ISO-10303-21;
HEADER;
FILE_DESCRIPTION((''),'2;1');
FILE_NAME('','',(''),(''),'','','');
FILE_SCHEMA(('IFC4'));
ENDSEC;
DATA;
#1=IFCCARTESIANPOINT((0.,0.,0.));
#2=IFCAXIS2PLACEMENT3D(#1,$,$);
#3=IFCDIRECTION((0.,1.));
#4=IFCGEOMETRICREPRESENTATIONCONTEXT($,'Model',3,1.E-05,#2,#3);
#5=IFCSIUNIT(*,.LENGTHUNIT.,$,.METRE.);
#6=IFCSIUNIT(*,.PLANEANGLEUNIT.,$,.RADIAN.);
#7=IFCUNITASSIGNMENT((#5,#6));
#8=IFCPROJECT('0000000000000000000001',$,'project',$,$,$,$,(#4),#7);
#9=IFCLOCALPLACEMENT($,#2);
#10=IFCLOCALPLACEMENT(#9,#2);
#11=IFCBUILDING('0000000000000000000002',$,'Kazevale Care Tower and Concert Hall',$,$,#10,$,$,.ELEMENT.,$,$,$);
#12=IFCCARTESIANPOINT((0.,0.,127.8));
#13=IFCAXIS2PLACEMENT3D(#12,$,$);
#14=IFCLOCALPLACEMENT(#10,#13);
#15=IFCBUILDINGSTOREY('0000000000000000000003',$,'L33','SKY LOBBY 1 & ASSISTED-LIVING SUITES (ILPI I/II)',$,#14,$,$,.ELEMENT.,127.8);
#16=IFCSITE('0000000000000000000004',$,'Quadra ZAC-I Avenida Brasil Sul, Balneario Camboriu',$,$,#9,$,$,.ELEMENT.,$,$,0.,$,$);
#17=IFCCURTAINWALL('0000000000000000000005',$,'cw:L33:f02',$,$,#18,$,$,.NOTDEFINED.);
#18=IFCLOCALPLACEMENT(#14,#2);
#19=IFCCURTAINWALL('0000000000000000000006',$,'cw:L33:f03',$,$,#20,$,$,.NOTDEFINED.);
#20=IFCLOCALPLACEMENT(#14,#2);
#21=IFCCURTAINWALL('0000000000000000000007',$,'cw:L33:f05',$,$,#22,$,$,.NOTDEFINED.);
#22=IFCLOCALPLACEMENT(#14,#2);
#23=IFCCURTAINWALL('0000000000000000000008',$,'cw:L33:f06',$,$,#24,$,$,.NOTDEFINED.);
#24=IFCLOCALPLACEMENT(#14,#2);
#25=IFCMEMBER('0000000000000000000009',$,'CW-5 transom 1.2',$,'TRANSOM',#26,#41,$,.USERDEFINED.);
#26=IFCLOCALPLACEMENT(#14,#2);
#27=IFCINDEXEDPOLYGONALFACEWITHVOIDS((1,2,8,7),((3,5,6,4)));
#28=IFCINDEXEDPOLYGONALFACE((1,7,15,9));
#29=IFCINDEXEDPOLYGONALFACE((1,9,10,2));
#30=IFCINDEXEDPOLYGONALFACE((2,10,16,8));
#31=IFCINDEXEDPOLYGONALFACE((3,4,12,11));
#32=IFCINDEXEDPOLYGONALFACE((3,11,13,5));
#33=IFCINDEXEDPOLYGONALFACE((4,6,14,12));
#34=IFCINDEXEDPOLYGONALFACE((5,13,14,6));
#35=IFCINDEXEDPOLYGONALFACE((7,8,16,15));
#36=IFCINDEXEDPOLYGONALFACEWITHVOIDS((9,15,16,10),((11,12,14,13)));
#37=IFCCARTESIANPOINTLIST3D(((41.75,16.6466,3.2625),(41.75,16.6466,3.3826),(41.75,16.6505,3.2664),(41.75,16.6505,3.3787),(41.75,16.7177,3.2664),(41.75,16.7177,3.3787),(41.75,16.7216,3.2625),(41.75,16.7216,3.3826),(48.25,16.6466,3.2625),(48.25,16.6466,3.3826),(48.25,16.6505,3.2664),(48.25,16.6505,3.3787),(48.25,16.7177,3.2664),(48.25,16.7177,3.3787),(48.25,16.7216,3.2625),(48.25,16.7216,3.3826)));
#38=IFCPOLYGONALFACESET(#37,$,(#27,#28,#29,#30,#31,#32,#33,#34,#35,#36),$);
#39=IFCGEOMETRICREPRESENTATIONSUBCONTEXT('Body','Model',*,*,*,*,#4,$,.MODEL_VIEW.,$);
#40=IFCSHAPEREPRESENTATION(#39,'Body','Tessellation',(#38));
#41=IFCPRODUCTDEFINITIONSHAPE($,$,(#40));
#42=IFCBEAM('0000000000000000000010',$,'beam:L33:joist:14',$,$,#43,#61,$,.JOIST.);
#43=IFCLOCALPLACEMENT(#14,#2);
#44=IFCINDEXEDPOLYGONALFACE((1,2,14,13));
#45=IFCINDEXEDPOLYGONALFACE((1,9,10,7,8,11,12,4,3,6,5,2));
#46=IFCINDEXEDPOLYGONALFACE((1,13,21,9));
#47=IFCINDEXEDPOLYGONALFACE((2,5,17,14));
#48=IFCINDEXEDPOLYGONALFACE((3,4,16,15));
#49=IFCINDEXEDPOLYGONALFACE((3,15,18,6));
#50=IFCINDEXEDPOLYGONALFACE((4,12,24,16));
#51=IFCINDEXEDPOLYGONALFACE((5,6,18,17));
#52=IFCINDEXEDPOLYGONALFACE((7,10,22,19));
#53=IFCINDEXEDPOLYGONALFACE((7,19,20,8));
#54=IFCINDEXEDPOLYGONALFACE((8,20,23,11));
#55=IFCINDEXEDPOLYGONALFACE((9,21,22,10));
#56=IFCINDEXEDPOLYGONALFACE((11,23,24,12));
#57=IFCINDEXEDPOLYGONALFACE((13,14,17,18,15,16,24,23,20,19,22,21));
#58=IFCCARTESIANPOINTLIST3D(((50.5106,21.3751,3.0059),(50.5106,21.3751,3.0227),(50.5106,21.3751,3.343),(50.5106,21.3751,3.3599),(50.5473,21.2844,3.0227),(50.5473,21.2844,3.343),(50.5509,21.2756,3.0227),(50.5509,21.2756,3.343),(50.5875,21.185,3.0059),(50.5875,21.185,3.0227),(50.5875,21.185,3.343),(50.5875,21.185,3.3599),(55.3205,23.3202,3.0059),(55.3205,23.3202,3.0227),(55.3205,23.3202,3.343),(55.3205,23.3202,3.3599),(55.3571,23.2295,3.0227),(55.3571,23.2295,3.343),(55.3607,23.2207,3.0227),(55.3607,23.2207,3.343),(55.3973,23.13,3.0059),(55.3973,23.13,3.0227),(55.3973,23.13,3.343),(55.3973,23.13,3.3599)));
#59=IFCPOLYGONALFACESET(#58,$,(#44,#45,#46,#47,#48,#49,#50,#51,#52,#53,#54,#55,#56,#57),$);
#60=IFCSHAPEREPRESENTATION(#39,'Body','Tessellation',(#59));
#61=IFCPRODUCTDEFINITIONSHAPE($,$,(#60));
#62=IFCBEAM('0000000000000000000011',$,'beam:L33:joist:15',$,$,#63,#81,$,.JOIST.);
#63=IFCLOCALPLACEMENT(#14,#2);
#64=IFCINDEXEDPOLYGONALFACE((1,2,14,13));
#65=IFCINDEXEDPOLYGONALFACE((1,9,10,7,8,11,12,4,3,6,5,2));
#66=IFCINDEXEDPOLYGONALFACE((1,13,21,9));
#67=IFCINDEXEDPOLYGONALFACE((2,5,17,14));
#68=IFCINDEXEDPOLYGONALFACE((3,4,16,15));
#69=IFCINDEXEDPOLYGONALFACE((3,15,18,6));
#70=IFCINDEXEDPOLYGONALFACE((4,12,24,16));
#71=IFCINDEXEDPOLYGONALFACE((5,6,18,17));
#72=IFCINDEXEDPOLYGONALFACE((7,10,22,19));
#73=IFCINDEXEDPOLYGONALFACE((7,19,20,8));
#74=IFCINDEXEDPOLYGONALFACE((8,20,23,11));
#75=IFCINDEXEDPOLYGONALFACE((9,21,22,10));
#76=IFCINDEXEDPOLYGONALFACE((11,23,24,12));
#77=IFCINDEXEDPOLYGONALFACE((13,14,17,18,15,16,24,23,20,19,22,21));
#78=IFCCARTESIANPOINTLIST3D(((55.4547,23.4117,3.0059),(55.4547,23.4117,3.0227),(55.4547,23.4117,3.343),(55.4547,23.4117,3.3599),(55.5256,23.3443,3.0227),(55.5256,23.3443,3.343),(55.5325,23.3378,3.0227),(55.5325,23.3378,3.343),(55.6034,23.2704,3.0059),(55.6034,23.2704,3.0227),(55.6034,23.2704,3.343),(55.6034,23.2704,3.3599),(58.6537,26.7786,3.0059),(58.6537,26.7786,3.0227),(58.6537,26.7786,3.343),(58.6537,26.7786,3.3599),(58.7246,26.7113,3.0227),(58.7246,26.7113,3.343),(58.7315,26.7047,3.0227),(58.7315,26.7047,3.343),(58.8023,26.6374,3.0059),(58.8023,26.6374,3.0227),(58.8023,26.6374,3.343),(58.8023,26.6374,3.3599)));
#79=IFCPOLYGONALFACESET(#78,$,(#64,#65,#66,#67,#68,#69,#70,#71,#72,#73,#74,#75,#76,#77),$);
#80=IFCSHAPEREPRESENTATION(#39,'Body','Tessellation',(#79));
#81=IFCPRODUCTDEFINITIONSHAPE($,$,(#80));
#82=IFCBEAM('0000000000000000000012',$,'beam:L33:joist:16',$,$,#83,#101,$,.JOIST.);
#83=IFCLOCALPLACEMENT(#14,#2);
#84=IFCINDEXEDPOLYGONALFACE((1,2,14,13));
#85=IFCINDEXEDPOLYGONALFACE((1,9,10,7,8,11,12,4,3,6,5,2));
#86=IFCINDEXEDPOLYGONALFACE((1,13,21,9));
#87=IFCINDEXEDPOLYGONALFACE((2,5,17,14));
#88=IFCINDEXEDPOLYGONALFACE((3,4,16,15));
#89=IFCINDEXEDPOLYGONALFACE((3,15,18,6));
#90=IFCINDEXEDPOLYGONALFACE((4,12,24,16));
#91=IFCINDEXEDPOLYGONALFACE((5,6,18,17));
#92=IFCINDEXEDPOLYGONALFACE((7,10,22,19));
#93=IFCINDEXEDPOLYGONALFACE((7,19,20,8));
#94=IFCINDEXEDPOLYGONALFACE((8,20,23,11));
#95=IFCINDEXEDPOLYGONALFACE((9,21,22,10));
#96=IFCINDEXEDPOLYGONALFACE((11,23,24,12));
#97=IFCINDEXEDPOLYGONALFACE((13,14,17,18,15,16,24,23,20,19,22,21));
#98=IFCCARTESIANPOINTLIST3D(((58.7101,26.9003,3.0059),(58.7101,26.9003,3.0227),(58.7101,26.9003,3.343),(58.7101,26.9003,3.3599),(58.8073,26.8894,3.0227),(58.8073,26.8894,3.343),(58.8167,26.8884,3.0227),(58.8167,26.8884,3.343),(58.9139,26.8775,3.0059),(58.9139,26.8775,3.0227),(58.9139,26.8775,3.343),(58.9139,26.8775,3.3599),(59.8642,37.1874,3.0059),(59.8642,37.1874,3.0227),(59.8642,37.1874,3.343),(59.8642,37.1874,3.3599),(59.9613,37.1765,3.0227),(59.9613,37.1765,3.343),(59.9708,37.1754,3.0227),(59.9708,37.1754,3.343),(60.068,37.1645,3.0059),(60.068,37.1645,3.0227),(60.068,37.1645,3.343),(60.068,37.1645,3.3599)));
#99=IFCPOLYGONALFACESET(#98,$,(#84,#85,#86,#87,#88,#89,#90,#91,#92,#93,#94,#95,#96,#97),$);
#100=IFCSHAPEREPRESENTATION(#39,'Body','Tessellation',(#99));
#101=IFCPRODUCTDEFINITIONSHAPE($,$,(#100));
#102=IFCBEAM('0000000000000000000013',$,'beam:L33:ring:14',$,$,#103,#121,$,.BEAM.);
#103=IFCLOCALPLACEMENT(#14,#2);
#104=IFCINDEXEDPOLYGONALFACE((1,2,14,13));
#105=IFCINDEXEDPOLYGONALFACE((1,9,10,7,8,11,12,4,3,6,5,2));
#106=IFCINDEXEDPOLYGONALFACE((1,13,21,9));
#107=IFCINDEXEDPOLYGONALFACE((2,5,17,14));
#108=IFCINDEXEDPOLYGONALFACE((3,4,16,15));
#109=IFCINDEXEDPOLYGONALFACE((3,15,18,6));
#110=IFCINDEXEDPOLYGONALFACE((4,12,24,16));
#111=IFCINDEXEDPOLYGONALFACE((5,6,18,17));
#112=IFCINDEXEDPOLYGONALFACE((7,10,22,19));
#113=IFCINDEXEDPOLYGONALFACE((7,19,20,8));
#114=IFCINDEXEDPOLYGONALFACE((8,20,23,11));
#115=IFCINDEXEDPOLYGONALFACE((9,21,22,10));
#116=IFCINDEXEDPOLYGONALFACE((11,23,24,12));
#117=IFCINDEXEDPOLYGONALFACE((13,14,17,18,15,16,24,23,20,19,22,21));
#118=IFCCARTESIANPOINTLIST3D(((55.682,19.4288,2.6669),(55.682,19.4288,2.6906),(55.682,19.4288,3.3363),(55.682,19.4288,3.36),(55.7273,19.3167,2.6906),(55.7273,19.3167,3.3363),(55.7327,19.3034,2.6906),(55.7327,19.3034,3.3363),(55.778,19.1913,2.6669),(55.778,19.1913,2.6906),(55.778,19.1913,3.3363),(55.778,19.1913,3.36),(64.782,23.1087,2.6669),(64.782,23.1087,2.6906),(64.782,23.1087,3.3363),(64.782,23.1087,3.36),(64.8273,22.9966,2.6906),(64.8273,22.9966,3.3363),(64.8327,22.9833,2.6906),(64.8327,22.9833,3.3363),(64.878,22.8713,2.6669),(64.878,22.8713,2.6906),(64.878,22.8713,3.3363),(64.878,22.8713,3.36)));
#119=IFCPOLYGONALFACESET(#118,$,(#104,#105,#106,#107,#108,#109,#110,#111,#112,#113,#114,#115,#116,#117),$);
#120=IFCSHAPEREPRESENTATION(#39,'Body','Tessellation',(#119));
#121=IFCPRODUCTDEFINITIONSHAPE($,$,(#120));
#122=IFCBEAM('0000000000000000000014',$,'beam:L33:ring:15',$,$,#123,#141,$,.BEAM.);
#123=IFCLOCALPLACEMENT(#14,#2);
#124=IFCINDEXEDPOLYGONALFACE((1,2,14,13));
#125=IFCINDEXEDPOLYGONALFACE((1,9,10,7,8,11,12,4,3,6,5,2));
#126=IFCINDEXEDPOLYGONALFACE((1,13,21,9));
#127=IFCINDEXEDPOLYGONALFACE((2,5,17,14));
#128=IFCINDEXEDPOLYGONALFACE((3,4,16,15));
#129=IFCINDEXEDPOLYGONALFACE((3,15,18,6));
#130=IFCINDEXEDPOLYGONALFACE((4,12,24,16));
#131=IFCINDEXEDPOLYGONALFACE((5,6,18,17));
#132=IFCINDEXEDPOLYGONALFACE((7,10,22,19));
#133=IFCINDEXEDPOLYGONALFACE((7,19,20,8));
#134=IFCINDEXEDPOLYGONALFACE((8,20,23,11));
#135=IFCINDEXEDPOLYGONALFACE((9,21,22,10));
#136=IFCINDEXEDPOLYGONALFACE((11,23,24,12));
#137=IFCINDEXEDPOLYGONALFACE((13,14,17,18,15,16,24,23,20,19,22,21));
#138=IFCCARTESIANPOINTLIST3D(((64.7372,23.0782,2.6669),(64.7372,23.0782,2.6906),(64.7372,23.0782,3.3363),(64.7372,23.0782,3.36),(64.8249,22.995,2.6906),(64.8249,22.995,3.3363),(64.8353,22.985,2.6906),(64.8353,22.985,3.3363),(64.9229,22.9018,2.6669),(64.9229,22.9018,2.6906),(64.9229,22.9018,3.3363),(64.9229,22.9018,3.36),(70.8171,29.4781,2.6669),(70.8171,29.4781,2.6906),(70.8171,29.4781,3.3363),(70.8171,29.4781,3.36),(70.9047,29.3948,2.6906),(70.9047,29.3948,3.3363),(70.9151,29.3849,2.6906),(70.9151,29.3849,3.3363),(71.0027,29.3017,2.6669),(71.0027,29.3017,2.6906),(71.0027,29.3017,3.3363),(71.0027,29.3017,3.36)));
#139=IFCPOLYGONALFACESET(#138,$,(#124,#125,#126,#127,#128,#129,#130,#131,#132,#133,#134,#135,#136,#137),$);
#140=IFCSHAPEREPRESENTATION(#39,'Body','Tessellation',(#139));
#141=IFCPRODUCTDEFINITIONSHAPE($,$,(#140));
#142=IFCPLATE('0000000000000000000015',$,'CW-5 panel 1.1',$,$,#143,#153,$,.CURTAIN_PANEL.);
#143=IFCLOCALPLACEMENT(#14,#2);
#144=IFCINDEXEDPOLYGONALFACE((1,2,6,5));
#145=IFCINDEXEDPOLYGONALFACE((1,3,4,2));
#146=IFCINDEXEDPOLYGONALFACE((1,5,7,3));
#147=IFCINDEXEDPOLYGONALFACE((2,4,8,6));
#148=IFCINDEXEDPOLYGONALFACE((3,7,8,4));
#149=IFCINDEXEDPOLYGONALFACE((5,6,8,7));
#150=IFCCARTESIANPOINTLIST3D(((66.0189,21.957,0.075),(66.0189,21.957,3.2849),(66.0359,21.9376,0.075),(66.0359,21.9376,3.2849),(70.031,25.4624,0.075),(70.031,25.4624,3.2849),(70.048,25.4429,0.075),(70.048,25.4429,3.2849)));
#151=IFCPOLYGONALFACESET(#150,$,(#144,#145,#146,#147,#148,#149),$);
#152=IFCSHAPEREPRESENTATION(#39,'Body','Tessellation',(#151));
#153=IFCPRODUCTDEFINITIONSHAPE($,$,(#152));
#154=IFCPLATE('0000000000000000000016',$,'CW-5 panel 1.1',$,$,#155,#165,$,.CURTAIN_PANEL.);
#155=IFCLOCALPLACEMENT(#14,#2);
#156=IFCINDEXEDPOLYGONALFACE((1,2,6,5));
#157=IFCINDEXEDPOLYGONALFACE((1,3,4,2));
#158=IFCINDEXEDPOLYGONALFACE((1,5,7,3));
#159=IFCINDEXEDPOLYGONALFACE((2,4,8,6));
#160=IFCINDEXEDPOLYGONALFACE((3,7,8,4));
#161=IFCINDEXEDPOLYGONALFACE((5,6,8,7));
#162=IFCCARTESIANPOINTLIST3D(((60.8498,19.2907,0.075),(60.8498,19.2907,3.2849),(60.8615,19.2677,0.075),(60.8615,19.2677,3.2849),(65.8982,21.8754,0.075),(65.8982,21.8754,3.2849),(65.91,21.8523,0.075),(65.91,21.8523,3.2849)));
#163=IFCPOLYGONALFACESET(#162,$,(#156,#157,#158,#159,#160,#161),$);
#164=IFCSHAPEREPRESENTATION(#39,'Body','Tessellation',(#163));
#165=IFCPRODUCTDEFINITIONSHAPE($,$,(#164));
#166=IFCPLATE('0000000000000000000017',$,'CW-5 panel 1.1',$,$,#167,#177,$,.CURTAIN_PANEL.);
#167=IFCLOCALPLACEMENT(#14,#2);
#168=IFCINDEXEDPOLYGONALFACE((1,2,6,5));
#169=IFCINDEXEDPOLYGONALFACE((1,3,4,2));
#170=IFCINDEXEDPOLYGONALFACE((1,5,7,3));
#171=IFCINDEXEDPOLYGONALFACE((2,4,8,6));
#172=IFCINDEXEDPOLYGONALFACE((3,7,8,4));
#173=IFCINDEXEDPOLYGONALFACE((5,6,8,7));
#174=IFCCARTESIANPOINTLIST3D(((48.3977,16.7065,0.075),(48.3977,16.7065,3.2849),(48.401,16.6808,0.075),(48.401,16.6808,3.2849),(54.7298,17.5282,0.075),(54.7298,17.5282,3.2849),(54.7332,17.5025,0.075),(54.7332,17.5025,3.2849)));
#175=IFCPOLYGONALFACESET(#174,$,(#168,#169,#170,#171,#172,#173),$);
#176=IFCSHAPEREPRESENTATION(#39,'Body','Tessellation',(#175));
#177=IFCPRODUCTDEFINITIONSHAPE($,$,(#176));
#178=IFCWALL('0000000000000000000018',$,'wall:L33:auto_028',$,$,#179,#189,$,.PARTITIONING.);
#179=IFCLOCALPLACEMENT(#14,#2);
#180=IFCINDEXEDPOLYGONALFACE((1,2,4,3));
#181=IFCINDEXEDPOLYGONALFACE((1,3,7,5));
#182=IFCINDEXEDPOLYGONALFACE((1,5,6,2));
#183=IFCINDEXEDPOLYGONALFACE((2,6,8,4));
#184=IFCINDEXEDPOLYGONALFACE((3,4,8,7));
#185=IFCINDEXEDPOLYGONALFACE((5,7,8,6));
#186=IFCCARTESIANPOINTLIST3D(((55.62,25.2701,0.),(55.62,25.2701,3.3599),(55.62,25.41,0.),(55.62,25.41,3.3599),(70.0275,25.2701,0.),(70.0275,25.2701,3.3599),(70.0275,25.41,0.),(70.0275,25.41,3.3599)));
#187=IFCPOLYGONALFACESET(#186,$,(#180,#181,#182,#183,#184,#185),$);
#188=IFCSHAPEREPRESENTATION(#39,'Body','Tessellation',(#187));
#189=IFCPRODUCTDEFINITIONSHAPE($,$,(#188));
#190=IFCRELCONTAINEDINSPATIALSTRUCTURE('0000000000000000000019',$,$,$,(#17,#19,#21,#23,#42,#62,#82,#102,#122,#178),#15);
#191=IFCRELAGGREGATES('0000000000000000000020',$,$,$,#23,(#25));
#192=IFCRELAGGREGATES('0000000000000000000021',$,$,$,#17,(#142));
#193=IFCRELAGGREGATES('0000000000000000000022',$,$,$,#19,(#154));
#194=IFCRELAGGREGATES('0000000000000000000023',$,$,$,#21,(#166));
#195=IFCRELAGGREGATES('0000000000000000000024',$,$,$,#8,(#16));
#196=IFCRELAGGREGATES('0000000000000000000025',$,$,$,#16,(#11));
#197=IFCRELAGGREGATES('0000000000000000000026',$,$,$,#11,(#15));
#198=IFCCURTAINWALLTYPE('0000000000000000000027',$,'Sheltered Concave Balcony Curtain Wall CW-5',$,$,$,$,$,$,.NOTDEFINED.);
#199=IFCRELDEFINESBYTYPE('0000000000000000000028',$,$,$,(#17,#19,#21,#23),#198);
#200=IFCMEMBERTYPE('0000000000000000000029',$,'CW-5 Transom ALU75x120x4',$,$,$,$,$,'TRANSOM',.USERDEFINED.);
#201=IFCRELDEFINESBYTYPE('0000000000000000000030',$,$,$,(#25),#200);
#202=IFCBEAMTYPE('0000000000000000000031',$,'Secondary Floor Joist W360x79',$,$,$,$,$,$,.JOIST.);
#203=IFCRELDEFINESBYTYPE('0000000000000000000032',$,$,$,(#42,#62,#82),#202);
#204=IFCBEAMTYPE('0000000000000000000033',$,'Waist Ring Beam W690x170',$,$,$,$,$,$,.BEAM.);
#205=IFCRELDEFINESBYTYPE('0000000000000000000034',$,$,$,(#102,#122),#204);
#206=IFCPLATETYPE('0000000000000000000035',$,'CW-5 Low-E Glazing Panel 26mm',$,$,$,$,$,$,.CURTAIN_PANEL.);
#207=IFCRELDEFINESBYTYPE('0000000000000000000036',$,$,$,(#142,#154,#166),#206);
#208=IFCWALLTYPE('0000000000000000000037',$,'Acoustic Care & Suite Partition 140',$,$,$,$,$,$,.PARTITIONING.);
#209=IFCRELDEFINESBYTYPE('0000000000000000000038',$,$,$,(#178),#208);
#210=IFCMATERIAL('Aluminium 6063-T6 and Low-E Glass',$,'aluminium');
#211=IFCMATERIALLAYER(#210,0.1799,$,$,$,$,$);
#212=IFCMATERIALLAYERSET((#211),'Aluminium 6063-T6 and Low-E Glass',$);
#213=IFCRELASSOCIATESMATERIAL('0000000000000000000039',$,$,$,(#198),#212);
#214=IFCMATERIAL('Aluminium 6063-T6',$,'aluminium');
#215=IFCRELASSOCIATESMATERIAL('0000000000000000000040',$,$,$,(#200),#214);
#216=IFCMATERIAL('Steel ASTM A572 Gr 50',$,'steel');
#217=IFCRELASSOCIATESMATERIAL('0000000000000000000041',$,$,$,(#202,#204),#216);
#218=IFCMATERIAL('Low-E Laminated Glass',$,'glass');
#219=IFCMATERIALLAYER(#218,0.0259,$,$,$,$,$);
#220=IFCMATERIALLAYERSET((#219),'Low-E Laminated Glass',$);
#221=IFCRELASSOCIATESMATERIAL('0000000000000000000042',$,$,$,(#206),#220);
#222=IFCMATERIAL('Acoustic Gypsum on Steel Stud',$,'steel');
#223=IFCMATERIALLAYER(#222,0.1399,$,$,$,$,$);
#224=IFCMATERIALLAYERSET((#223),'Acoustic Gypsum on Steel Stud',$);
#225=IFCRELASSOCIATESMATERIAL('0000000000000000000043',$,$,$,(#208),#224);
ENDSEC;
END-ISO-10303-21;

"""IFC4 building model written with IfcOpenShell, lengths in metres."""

from ifc_helpers import new_model, si_unit, direction, frame, frame_2d, origin, origin_2d, place, context, subcontext, project, spatial, rectangle, hollow_rectangle, i_section, extrude, material, layer, layer_set, material_profile, profile_set, type_object, element, aggregate, save


model = new_model("IFC4")

# Units and contexts
model_context = context("Model", 3, precision=1e-05, world=origin(), true_north=direction((0.0, 1.0)))
body_context = subcontext(model_context, "Body", "Model", "MODEL_VIEW")
ifc_project = project(units=[si_unit("LENGTHUNIT", "METRE"), si_unit("PLANEANGLEUNIT", "RADIAN")], contexts=[model_context])

# Site, building, storey
site_placement = place(None, origin())
site = spatial("IfcSite", under=ifc_project, at=site_placement, Name="Quadra ZAC-I Avenida Brasil Sul, Balneario Camboriu", CompositionType="ELEMENT", RefElevation=0.0)
building_placement = place(site_placement, origin())
building = spatial("IfcBuilding", under=site, at=building_placement, Name="Kazevale Care Tower and Concert Hall", CompositionType="ELEMENT")
storey_placement = place(building_placement, frame((0.0, 0.0, 127.8)))
storey = spatial("IfcBuildingStorey", under=building, at=storey_placement, Name="L33", Description="SKY LOBBY 1 & ASSISTED-LIVING SUITES (ILPI I/II)", CompositionType="ELEMENT", Elevation=127.8)

# Curtain walls
ifc_material_1 = material(Name="Aluminium 6063-T6 and Low-E Glass", Category="aluminium")
ifc_layer_1 = layer(ifc_material_1, 0.1799)
ifc_layer_set_1 = layer_set([ifc_layer_1], Name="Aluminium 6063-T6 and Low-E Glass")
curtain_wall_type = type_object("IfcCurtainWallType", Name="Sheltered Concave Balcony Curtain Wall CW-5", PredefinedType="NOTDEFINED", material=ifc_layer_set_1)
curtain_wall_1_placement = place(storey_placement, origin())
curtain_wall_1 = element("IfcCurtainWall", 1, at=curtain_wall_1_placement, inside=storey, type_object=curtain_wall_type, Name="cw:L33:f02", PredefinedType="NOTDEFINED")
ifc_material_2 = material(Name="Aluminium 6063-T6", Category="aluminium")
curtain_wall_2_placement = place(storey_placement, origin())
curtain_wall_2 = element("IfcCurtainWall", 2, at=curtain_wall_2_placement, inside=storey, type_object=curtain_wall_type, Name="cw:L33:f03", PredefinedType="NOTDEFINED")
curtain_wall_3_placement = place(storey_placement, origin())
curtain_wall_3 = element("IfcCurtainWall", 3, at=curtain_wall_3_placement, inside=storey, type_object=curtain_wall_type, Name="cw:L33:f05", PredefinedType="NOTDEFINED")

# Curtain wall
curtain_wall_4_placement = place(storey_placement, origin())
curtain_wall_4 = element("IfcCurtainWall", 4, at=curtain_wall_4_placement, inside=storey, type_object=curtain_wall_type, Name="cw:L33:f06", PredefinedType="NOTDEFINED")

# Member
ifc_material_profile_1 = material_profile(ifc_material_2, hollow_rectangle(XDim=0.075, YDim=0.1201, WallThickness=0.0039, at=origin_2d()), Name="ALU75x120x4")
ifc_profile_set_1 = profile_set([ifc_material_profile_1], Name="Aluminium 6063-T6")
member_type_1 = type_object("IfcMemberType", Name="CW-5 Transom ALU75x120x4", ElementType="TRANSOM", PredefinedType="USERDEFINED", material=ifc_profile_set_1)
member_1_placement = place(storey_placement, frame((48.25, 16.6841, 3.3225), z_axis=(-1.0, 0.0, 0.0), x_axis=(0.0, -1.0, 0.0)))
member_1 = element("IfcMember", 5, at=member_1_placement, type_object=member_type_1, Name="CW-5 transom 1.2", ObjectType="TRANSOM", PredefinedType="USERDEFINED", context=body_context, shape_type="SweptSolid", body=[
    extrude(hollow_rectangle(XDim=0.075, YDim=0.1201, WallThickness=0.0039, at=origin_2d()), origin(), (0.0, 0.0, 1.0), 6.5),
])
aggregate(curtain_wall_4, [member_1])

# Beams
ifc_material_3 = material(Name="Steel ASTM A572 Gr 50", Category="steel")
ifc_material_profile_2 = material_profile(ifc_material_3, i_section(OverallWidth=0.2051, OverallDepth=0.354, WebThickness=0.0095, FlangeThickness=0.0168, at=origin_2d()), Name="W360x79")
ifc_profile_set_2 = profile_set([ifc_material_profile_2], Name="Steel ASTM A572 Gr 50")
beam_type_1 = type_object("IfcBeamType", Name="Secondary Floor Joist W360x79", PredefinedType="JOIST", material=ifc_profile_set_2)
beam_1_placement = place(storey_placement, frame((50.5491, 21.28, 3.1829), z_axis=(0.927065, 0.374901, 0.0), x_axis=(-0.374901, 0.927065, 0.0)))
element("IfcBeam", 6, at=beam_1_placement, inside=storey, type_object=beam_type_1, Name="beam:L33:joist:14", PredefinedType="JOIST", context=body_context, shape_type="SweptSolid", body=[
    extrude(i_section(OverallWidth=0.2051, OverallDepth=0.354, WebThickness=0.0095, FlangeThickness=0.0168, at=origin_2d()), origin(), (0.0, 0.0, 1.0), 5.1882),
])
beam_2_placement = place(storey_placement, frame((55.5291, 23.3411, 3.1829), z_axis=(0.688792, 0.724959, 0.0), x_axis=(-0.724959, 0.688792, 0.0)))
element("IfcBeam", 7, at=beam_2_placement, inside=storey, type_object=beam_type_1, Name="beam:L33:joist:15", PredefinedType="JOIST", context=body_context, shape_type="SweptSolid", body=[
    extrude(i_section(OverallWidth=0.2051, OverallDepth=0.354, WebThickness=0.0095, FlangeThickness=0.0168, at=origin_2d()), origin(), (0.0, 0.0, 1.0), 4.6443),
])
beam_3_placement = place(storey_placement, frame((58.812, 26.8889, 3.1829), z_axis=(0.111485, 0.993766, 0.0), x_axis=(-0.993766, 0.111485, 0.0)))
element("IfcBeam", 8, at=beam_3_placement, inside=storey, type_object=beam_type_1, Name="beam:L33:joist:16", PredefinedType="JOIST", context=body_context, shape_type="SweptSolid", body=[
    extrude(i_section(OverallWidth=0.2051, OverallDepth=0.354, WebThickness=0.0095, FlangeThickness=0.0168, at=origin_2d()), origin(), (0.0, 0.0, 1.0), 10.3516),
])
ifc_material_profile_3 = material_profile(ifc_material_3, i_section(OverallWidth=0.2561, OverallDepth=0.6931, WebThickness=0.0144, FlangeThickness=0.0237, at=origin_2d()), Name="W690x170")
ifc_profile_set_3 = profile_set([ifc_material_profile_3], Name="Steel ASTM A572 Gr 50")
beam_type_2 = type_object("IfcBeamType", Name="Waist Ring Beam W690x170", PredefinedType="BEAM", material=ifc_profile_set_3)
beam_4_placement = place(storey_placement, frame((55.73, 19.3101, 3.0134), z_axis=(0.927069, 0.374892, 0.0), x_axis=(-0.374892, 0.927069, 0.0)))
element("IfcBeam", 9, at=beam_4_placement, inside=storey, type_object=beam_type_2, Name="beam:L33:ring:14", PredefinedType="BEAM", context=body_context, shape_type="SweptSolid", body=[
    extrude(i_section(OverallWidth=0.2561, OverallDepth=0.6931, WebThickness=0.0144, FlangeThickness=0.0237, at=origin_2d()), origin(), (0.0, 0.0, 1.0), 9.8159),
])
beam_5_placement = place(storey_placement, frame((64.8301, 22.99, 3.0134), z_axis=(0.688745, 0.725004, 0.0), x_axis=(-0.725004, 0.688745, 0.0)))
element("IfcBeam", 10, at=beam_5_placement, inside=storey, type_object=beam_type_2, Name="beam:L33:ring:15", PredefinedType="BEAM", context=body_context, shape_type="SweptSolid", body=[
    extrude(i_section(OverallWidth=0.2561, OverallDepth=0.6931, WebThickness=0.0144, FlangeThickness=0.0237, at=origin_2d()), origin(), (0.0, 0.0, 1.0), 8.8274),
])

# Plates
ifc_material_4 = material(Name="Low-E Laminated Glass", Category="glass")
ifc_layer_2 = layer(ifc_material_4, 0.0259)
ifc_layer_set_2 = layer_set([ifc_layer_2], Name="Low-E Laminated Glass")
plate_type = type_object("IfcPlateType", Name="CW-5 Low-E Glazing Panel 26mm", PredefinedType="CURTAIN_PANEL", material=ifc_layer_set_2)
plate_1_placement = place(storey_placement, frame((68.0334, 23.7, 0.075), z_axis=(0.0, 0.0, 1.0), x_axis=(-0.753063, -0.657949, 0.0)))
plate_1 = element("IfcPlate", 11, at=plate_1_placement, type_object=plate_type, Name="CW-5 panel 1.1", PredefinedType="CURTAIN_PANEL", context=body_context, shape_type="SweptSolid", body=[
    extrude(rectangle(XDim=5.3276, YDim=0.0259, at=origin_2d()), origin(), (0.0, 0.0, 1.0), 3.21),
])
aggregate(curtain_wall_1, [plate_1])
plate_2_placement = place(storey_placement, frame((63.3799, 20.5715, 0.075), z_axis=(0.0, 0.0, 1.0), x_axis=(-0.890127, -0.455713, 0.0)))
plate_2 = element("IfcPlate", 12, at=plate_2_placement, type_object=plate_type, Name="CW-5 panel 1.1", PredefinedType="CURTAIN_PANEL", context=body_context, shape_type="SweptSolid", body=[
    extrude(rectangle(XDim=5.6716, YDim=0.0259, at=origin_2d()), origin(), (0.0, 0.0, 1.0), 3.21),
])
aggregate(curtain_wall_2, [plate_2])
plate_3_placement = place(storey_placement, frame((51.5654, 17.1045, 0.075), z_axis=(0.0, 0.0, 1.0), x_axis=(-0.991686, -0.128685, 0.0)))
plate_3 = element("IfcPlate", 13, at=plate_3_placement, type_object=plate_type, Name="CW-5 panel 1.1", PredefinedType="CURTAIN_PANEL", context=body_context, shape_type="SweptSolid", body=[
    extrude(rectangle(XDim=6.3853, YDim=0.0259, at=origin_2d()), origin(), (0.0, 0.0, 1.0), 3.21),
])
aggregate(curtain_wall_3, [plate_3])

# Wall
ifc_material_5 = material(Name="Acoustic Gypsum on Steel Stud", Category="steel")
ifc_layer_3 = layer(ifc_material_5, 0.1399)
ifc_layer_set_3 = layer_set([ifc_layer_3], Name="Acoustic Gypsum on Steel Stud")
wall_type_1 = type_object("IfcWallType", Name="Acoustic Care & Suite Partition 140", PredefinedType="PARTITIONING", material=ifc_layer_set_3)
wall_1_placement = place(storey_placement, frame((55.6201, 25.3401, 0.0), z_axis=(0.0, 0.0, 1.0), x_axis=(1.0, 0.0, 0.0)))
element("IfcWall", 14, at=wall_1_placement, inside=storey, type_object=wall_type_1, Name="wall:L33:auto_028", PredefinedType="PARTITIONING", context=body_context, shape_type="SweptSolid", body=[
    extrude(rectangle(XDim=14.4075, YDim=0.1399, at=frame_2d((7.2036, 0.0))), origin(), (0.0, 0.0, 1.0), 3.3599),
])

save(model, "model.ifc")
